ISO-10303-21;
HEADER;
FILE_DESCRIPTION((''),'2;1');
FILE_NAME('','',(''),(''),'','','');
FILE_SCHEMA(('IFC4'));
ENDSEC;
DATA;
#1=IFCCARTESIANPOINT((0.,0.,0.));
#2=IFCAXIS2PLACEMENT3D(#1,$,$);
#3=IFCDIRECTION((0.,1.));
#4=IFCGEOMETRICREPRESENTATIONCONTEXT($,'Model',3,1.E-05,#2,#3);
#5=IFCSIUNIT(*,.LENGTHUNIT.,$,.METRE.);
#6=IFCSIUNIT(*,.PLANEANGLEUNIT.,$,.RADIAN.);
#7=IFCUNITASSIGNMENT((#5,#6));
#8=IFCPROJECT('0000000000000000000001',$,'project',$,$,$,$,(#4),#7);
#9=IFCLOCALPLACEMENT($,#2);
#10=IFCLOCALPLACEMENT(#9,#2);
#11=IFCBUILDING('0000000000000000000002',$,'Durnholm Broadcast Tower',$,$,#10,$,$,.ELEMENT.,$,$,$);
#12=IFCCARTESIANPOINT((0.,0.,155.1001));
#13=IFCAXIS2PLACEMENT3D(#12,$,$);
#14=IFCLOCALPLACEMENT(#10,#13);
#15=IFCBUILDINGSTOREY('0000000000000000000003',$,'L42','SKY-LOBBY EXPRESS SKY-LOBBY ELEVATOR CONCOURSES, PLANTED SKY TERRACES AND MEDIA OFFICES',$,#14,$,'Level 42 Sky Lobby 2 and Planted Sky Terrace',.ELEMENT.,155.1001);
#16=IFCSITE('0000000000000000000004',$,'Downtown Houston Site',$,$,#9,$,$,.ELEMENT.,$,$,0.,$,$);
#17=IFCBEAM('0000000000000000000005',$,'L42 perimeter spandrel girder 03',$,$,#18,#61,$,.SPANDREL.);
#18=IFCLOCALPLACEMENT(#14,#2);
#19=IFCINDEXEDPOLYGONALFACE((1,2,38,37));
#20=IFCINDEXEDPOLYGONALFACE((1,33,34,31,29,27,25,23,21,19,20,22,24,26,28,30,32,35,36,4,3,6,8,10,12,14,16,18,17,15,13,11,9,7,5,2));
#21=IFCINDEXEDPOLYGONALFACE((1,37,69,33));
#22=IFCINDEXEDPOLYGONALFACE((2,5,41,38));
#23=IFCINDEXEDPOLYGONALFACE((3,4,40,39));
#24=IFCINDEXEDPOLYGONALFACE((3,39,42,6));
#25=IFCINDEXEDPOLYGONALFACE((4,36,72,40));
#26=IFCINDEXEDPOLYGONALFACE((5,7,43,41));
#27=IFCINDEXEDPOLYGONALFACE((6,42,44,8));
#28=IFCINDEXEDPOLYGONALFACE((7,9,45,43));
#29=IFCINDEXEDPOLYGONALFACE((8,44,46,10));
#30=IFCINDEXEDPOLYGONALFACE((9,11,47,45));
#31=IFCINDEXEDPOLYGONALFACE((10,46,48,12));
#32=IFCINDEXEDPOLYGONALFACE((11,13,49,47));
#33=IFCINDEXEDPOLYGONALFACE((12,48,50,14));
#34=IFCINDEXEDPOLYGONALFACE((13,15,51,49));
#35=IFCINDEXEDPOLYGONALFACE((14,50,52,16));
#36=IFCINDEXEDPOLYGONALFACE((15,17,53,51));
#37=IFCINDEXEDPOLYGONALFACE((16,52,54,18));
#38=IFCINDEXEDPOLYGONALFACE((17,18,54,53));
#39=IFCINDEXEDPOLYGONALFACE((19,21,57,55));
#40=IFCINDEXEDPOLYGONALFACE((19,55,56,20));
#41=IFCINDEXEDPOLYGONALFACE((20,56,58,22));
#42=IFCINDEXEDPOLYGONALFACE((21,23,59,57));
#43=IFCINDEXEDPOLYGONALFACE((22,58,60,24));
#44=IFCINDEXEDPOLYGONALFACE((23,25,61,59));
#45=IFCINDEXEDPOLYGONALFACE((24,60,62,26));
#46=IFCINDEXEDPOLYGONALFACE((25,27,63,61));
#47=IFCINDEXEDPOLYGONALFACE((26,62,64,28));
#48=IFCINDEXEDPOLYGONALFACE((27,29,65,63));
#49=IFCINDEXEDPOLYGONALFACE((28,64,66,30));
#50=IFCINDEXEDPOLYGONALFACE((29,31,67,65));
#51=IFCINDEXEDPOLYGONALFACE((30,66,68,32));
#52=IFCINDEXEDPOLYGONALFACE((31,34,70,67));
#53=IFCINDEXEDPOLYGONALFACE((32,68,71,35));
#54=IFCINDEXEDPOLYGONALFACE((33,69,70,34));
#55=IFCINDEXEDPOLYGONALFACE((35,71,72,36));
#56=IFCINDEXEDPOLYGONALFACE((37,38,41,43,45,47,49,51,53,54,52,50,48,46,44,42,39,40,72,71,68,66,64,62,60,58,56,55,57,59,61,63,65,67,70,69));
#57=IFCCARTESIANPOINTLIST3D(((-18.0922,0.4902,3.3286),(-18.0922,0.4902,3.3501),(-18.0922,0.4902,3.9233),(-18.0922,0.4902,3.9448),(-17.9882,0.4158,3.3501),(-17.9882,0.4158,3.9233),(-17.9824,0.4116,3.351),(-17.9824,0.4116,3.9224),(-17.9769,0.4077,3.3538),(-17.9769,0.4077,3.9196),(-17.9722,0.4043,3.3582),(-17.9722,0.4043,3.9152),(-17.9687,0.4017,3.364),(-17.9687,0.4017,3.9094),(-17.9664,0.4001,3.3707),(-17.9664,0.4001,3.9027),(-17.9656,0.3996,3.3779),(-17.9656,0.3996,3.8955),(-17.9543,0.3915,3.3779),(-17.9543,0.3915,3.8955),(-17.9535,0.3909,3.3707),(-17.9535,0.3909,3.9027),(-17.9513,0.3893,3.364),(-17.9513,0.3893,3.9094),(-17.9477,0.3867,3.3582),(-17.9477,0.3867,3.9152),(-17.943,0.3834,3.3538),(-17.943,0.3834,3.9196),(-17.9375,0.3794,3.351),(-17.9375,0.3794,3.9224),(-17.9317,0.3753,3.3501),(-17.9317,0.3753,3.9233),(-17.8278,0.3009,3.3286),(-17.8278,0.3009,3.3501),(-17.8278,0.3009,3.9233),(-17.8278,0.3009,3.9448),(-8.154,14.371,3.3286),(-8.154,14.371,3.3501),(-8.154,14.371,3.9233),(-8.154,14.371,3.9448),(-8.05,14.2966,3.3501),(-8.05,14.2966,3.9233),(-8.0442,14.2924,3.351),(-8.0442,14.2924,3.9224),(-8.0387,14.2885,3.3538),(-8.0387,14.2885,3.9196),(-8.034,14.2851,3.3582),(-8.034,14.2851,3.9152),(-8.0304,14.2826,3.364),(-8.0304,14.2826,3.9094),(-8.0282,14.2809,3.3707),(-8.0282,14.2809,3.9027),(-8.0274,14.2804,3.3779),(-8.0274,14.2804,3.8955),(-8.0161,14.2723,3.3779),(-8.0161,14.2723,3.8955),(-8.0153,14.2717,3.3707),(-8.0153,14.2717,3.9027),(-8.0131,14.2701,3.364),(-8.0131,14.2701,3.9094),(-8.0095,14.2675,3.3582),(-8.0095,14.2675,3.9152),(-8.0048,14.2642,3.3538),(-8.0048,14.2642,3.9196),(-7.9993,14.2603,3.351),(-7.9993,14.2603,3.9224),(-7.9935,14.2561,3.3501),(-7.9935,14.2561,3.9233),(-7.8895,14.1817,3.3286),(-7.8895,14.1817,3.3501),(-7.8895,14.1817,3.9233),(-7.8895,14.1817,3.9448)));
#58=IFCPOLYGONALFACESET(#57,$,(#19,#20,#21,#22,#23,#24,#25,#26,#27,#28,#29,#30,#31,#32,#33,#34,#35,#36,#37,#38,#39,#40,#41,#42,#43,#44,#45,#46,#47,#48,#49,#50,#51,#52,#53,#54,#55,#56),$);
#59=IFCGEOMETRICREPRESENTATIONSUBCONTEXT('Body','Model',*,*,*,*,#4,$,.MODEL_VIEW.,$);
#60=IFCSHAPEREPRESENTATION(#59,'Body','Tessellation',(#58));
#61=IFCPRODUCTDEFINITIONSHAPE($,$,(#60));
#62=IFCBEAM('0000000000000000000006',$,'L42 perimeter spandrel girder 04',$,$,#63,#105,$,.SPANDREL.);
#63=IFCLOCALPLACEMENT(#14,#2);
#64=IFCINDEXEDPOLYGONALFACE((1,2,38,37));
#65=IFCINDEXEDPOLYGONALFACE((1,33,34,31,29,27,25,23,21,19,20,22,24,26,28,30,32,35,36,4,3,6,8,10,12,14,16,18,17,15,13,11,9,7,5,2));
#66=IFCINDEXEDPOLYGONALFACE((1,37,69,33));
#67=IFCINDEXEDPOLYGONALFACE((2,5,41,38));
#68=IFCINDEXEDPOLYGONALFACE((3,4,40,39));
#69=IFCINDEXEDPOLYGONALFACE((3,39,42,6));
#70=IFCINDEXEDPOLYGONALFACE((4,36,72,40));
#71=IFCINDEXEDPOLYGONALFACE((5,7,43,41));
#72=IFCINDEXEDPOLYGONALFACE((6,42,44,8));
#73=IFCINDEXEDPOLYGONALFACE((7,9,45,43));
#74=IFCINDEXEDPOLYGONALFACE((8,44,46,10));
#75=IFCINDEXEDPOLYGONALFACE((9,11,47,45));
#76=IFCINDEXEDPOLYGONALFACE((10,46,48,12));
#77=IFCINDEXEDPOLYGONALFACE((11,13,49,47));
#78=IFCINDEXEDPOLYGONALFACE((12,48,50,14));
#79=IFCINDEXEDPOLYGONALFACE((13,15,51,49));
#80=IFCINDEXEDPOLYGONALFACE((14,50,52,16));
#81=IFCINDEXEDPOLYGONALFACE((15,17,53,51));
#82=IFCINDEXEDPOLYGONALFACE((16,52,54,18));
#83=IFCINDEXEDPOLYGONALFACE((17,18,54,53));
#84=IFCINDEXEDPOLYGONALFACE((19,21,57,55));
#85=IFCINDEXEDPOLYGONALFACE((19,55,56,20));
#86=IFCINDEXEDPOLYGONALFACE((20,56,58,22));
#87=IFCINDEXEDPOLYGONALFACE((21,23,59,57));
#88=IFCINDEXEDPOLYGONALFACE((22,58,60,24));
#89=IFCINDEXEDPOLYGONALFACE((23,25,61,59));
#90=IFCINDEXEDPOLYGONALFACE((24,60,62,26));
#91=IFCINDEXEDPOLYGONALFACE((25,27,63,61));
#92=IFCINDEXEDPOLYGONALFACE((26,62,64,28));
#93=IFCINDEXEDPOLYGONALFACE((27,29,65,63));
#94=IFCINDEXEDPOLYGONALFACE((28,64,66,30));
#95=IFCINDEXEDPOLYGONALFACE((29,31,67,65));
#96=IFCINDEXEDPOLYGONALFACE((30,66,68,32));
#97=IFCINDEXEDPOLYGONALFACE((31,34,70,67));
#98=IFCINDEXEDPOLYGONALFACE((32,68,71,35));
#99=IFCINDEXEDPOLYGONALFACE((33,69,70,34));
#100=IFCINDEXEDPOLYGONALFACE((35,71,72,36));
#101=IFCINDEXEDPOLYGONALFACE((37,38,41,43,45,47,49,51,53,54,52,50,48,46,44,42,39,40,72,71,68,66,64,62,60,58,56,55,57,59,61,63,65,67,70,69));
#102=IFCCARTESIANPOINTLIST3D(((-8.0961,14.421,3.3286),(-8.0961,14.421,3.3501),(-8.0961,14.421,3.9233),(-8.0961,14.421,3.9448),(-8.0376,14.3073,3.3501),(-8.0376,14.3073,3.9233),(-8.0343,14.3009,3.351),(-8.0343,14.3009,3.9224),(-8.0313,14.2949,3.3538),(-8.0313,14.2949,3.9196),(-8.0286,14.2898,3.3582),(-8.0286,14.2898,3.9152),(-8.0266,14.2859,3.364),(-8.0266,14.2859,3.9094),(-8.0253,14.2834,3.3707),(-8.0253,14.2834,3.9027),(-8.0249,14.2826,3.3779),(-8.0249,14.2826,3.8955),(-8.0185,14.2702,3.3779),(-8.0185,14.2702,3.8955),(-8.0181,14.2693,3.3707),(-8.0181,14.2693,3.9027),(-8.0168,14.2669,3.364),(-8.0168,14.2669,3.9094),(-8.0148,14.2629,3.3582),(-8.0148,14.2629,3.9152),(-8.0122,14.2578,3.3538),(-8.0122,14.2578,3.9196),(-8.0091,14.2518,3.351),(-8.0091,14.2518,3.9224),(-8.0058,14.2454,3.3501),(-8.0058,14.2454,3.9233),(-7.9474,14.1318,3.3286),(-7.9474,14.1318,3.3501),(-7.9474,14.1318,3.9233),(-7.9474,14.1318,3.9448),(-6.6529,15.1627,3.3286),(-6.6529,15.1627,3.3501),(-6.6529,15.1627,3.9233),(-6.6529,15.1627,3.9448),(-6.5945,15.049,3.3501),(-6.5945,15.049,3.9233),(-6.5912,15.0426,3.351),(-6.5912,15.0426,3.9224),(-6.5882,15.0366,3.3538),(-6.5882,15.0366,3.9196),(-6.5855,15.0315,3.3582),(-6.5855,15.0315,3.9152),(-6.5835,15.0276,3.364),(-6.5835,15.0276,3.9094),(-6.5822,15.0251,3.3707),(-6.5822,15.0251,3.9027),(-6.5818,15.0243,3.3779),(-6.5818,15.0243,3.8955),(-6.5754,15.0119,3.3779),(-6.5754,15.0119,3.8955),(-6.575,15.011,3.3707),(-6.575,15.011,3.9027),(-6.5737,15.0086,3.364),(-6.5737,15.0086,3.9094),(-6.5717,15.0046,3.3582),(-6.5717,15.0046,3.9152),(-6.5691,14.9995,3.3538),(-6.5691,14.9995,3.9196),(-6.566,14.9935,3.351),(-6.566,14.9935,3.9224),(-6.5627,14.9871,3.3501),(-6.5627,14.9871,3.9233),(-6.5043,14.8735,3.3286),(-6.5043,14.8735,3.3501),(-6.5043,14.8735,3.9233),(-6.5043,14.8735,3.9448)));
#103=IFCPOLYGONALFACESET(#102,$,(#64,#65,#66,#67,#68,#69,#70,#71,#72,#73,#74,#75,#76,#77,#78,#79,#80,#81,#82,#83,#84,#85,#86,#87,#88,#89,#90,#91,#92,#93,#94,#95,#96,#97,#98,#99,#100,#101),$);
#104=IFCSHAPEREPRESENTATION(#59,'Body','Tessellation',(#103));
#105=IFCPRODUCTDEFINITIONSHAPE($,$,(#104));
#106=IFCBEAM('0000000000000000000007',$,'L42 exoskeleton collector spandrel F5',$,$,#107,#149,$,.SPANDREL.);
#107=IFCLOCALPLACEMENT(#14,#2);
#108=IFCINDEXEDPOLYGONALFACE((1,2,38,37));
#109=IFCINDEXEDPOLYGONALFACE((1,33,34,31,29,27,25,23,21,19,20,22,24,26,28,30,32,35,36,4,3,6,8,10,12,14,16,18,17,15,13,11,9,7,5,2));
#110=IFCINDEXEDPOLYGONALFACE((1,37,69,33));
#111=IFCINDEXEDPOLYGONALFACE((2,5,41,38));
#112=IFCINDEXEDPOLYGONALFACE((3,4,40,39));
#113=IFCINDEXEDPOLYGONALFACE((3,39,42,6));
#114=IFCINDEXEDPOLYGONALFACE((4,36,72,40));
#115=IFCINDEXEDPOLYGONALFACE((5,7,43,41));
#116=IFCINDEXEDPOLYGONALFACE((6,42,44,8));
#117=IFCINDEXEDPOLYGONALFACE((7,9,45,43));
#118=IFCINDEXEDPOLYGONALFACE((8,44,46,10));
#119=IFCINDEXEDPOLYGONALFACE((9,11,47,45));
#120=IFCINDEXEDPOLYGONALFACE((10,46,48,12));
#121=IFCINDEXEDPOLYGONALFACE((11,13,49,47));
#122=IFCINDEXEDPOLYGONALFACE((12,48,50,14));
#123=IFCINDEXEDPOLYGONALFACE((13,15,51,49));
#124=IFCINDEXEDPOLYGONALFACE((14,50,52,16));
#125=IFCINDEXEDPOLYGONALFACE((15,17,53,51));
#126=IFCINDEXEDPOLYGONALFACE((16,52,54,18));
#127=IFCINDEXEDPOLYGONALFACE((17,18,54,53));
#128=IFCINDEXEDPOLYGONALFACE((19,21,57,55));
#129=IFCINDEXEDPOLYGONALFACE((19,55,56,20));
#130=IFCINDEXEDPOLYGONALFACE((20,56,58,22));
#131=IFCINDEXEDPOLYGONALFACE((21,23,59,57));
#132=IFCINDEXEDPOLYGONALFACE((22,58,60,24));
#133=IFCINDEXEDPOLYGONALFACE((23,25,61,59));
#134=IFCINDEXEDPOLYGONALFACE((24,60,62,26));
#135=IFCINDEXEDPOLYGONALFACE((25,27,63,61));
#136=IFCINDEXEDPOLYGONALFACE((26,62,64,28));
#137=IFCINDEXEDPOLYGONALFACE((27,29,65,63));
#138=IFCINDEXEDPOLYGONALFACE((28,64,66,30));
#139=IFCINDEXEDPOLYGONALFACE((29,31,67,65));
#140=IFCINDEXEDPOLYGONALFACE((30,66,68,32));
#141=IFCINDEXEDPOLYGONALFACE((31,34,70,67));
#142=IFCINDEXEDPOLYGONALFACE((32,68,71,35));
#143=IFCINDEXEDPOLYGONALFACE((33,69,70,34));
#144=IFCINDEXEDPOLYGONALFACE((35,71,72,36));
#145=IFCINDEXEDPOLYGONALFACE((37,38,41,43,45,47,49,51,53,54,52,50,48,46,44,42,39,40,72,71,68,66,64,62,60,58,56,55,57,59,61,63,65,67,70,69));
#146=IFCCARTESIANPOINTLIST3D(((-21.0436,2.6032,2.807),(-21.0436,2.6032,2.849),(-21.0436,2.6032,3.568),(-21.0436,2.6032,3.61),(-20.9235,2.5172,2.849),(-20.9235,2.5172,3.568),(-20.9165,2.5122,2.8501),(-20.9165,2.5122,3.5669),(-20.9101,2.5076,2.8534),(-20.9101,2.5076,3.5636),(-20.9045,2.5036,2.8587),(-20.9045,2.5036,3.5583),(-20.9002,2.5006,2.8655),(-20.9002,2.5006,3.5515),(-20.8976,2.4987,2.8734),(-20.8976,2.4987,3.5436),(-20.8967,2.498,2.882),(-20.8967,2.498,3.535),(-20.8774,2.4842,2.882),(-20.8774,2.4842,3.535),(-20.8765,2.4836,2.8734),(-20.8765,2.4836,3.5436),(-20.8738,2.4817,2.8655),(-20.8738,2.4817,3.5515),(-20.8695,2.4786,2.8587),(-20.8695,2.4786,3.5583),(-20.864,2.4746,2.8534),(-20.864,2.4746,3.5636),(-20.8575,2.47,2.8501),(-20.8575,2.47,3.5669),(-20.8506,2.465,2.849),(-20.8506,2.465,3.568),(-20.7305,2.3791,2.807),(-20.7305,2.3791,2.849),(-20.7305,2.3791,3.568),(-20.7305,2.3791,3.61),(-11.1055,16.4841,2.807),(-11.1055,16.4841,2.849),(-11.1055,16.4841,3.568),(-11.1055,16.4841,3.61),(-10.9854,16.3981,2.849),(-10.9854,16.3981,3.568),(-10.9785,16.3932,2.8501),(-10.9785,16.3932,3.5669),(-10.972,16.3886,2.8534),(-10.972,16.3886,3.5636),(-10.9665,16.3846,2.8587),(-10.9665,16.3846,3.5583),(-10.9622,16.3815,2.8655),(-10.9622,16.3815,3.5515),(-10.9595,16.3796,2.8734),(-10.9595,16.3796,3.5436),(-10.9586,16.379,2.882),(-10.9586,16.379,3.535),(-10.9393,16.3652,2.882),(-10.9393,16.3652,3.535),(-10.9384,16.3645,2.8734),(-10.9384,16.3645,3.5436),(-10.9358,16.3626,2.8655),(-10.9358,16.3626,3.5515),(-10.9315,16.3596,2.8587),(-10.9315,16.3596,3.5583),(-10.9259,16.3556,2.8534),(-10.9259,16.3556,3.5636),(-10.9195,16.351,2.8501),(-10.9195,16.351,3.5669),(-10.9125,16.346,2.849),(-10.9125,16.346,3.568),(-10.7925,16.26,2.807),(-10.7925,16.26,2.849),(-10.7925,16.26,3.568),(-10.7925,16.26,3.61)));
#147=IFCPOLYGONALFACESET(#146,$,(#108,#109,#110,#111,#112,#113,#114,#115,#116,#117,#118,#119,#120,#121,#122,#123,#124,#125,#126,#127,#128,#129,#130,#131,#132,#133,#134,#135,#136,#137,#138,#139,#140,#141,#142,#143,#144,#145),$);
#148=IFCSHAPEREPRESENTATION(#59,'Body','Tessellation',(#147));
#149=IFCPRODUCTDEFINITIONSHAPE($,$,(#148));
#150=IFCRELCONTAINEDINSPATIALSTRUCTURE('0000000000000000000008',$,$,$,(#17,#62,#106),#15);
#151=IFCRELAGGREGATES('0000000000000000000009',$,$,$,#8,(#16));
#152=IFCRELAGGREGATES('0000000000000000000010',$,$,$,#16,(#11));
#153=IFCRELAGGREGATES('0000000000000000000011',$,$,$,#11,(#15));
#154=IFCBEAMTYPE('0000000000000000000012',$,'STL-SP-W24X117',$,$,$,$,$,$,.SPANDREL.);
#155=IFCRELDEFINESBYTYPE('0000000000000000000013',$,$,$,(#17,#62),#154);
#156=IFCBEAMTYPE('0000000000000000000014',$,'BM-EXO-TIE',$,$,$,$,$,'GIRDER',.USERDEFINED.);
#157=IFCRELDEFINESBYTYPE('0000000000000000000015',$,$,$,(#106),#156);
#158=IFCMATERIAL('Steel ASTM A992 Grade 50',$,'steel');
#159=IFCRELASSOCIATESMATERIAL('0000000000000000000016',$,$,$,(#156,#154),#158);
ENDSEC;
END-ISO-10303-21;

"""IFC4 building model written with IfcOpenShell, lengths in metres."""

from ifc_helpers import new_model, si_unit, direction, frame, origin, origin_2d, place, context, subcontext, project, spatial, i_section, extrude, source, transform, mapped, material, material_profile, profile_set, type_object, type_shapes, element, save


model = new_model("IFC4")

# Units and contexts
model_context = context("Model", 3, precision=1e-05, world=origin(), true_north=direction((0.0, 1.0)))
body_context = subcontext(model_context, "Body", "Model", "MODEL_VIEW")
ifc_project = project(units=[si_unit("LENGTHUNIT", "METRE"), si_unit("PLANEANGLEUNIT", "RADIAN")], contexts=[model_context])

# Site, building, storey
site_placement = place(None, origin())
site = spatial("IfcSite", under=ifc_project, at=site_placement, Name="Downtown Houston Site", CompositionType="ELEMENT", RefElevation=0.0)
building_placement = place(site_placement, origin())
building = spatial("IfcBuilding", under=site, at=building_placement, Name="Durnholm Broadcast Tower", CompositionType="ELEMENT")
storey_placement = place(building_placement, frame((0.0, 0.0, 155.1001)))
storey = spatial("IfcBuildingStorey", under=building, at=storey_placement, Name="L42", Description="SKY-LOBBY EXPRESS SKY-LOBBY ELEVATOR CONCOURSES, PLANTED SKY TERRACES AND MEDIA OFFICES", LongName="Level 42 Sky Lobby 2 and Planted Sky Terrace", CompositionType="ELEMENT", Elevation=155.1001)

# Beams
ifc_material_1 = material(Name="Steel ASTM A992 Grade 50", Category="steel")
ifc_material_profile_1 = material_profile(ifc_material_1, i_section(OverallWidth=0.385, OverallDepth=0.803, WebThickness=0.0237, FlangeThickness=0.042, FilletRadius=0.033, at=origin_2d()), Name="W30X261")
ifc_profile_set_1 = profile_set([ifc_material_profile_1], Name="Steel ASTM A992 Grade 50")
beam_type_1 = type_object("IfcBeamType", Name="BM-EXO-TIE", ElementType="GIRDER", PredefinedType="USERDEFINED", material=ifc_profile_set_1)
ifc_material_profile_2 = material_profile(ifc_material_1, i_section(OverallWidth=0.3252, OverallDepth=0.6162, WebThickness=0.0139, FlangeThickness=0.0215, FilletRadius=0.0278, at=origin_2d()), Name="W24X117")
ifc_profile_set_2 = profile_set([ifc_material_profile_2], Name="Steel ASTM A992 Grade 50")
beam_type_2 = type_object("IfcBeamType", Name="STL-SP-W24X117", PredefinedType="SPANDREL", material=ifc_profile_set_2)
shared_shape_1 = source(origin(), body_context, "Body", "SweptSolid", [
    extrude(i_section(OverallWidth=0.3252, OverallDepth=0.6162, WebThickness=0.0139, FlangeThickness=0.0215, FilletRadius=0.0278, at=origin_2d()), origin(), (0.0, 0.0, 1.0), 17.0718),
])
beam_1_placement = place(storey_placement, frame((-17.96, 0.3955, 3.6367), z_axis=(0.582143, 0.813087, 0.0), x_axis=(-0.813087, 0.582143, 0.0)))
element("IfcBeam", 1, at=beam_1_placement, inside=storey, type_object=beam_type_2, Name="L42 perimeter spandrel girder 03", PredefinedType="SPANDREL", context=body_context, shape_type="MappedRepresentation", body=[
    mapped(shared_shape_1, transform((0.0, 0.0, 0.0), x_axis=(1.0, 0.0, 0.0), y_axis=(0.0, 1.0, 0.0), z_axis=(0.0, 0.0, 1.0), scale=1.0)),
])
shared_shape_2 = source(origin(), body_context, "Body", "SweptSolid", [
    extrude(i_section(OverallWidth=0.3252, OverallDepth=0.6162, WebThickness=0.0139, FlangeThickness=0.0215, FilletRadius=0.0278, at=origin_2d()), origin(), (0.0, 0.0, 1.0), 1.6226),
])
type_shapes(beam_type_2, [shared_shape_1, shared_shape_2])
beam_2_placement = place(storey_placement, frame((-8.0217, 14.2764, 3.6367), z_axis=(0.889407, 0.457117, 0.0), x_axis=(-0.457117, 0.889407, 0.0)))
element("IfcBeam", 2, at=beam_2_placement, inside=storey, type_object=beam_type_2, Name="L42 perimeter spandrel girder 04", PredefinedType="SPANDREL", context=body_context, shape_type="MappedRepresentation", body=[
    mapped(shared_shape_2, transform((0.0, 0.0, 0.0), x_axis=(1.0, 0.0, 0.0), y_axis=(0.0, 1.0, 0.0), z_axis=(0.0, 0.0, 1.0), scale=1.0)),
])
shared_shape_3 = source(origin(), body_context, "Body", "SweptSolid", [
    extrude(i_section(OverallWidth=0.385, OverallDepth=0.803, WebThickness=0.0237, FlangeThickness=0.042, FilletRadius=0.033, at=origin_2d()), origin(), (0.0, 0.0, 1.0), 17.0718),
])
beam_3_placement = place(storey_placement, frame((-10.949, 16.3721, 3.2085), z_axis=(-0.582133, -0.813093, 0.0), x_axis=(0.813093, -0.582133, 0.0)))
element("IfcBeam", 3, at=beam_3_placement, inside=storey, type_object=beam_type_1, Name="L42 exoskeleton collector spandrel F5", PredefinedType="SPANDREL", context=body_context, shape_type="MappedRepresentation", body=[
    mapped(shared_shape_3, transform((0.0, 0.0, 0.0), x_axis=(1.0, 0.0, 0.0), y_axis=(0.0, 1.0, 0.0), z_axis=(0.0, 0.0, 1.0), scale=1.0)),
])

save(model, "model.ifc")
